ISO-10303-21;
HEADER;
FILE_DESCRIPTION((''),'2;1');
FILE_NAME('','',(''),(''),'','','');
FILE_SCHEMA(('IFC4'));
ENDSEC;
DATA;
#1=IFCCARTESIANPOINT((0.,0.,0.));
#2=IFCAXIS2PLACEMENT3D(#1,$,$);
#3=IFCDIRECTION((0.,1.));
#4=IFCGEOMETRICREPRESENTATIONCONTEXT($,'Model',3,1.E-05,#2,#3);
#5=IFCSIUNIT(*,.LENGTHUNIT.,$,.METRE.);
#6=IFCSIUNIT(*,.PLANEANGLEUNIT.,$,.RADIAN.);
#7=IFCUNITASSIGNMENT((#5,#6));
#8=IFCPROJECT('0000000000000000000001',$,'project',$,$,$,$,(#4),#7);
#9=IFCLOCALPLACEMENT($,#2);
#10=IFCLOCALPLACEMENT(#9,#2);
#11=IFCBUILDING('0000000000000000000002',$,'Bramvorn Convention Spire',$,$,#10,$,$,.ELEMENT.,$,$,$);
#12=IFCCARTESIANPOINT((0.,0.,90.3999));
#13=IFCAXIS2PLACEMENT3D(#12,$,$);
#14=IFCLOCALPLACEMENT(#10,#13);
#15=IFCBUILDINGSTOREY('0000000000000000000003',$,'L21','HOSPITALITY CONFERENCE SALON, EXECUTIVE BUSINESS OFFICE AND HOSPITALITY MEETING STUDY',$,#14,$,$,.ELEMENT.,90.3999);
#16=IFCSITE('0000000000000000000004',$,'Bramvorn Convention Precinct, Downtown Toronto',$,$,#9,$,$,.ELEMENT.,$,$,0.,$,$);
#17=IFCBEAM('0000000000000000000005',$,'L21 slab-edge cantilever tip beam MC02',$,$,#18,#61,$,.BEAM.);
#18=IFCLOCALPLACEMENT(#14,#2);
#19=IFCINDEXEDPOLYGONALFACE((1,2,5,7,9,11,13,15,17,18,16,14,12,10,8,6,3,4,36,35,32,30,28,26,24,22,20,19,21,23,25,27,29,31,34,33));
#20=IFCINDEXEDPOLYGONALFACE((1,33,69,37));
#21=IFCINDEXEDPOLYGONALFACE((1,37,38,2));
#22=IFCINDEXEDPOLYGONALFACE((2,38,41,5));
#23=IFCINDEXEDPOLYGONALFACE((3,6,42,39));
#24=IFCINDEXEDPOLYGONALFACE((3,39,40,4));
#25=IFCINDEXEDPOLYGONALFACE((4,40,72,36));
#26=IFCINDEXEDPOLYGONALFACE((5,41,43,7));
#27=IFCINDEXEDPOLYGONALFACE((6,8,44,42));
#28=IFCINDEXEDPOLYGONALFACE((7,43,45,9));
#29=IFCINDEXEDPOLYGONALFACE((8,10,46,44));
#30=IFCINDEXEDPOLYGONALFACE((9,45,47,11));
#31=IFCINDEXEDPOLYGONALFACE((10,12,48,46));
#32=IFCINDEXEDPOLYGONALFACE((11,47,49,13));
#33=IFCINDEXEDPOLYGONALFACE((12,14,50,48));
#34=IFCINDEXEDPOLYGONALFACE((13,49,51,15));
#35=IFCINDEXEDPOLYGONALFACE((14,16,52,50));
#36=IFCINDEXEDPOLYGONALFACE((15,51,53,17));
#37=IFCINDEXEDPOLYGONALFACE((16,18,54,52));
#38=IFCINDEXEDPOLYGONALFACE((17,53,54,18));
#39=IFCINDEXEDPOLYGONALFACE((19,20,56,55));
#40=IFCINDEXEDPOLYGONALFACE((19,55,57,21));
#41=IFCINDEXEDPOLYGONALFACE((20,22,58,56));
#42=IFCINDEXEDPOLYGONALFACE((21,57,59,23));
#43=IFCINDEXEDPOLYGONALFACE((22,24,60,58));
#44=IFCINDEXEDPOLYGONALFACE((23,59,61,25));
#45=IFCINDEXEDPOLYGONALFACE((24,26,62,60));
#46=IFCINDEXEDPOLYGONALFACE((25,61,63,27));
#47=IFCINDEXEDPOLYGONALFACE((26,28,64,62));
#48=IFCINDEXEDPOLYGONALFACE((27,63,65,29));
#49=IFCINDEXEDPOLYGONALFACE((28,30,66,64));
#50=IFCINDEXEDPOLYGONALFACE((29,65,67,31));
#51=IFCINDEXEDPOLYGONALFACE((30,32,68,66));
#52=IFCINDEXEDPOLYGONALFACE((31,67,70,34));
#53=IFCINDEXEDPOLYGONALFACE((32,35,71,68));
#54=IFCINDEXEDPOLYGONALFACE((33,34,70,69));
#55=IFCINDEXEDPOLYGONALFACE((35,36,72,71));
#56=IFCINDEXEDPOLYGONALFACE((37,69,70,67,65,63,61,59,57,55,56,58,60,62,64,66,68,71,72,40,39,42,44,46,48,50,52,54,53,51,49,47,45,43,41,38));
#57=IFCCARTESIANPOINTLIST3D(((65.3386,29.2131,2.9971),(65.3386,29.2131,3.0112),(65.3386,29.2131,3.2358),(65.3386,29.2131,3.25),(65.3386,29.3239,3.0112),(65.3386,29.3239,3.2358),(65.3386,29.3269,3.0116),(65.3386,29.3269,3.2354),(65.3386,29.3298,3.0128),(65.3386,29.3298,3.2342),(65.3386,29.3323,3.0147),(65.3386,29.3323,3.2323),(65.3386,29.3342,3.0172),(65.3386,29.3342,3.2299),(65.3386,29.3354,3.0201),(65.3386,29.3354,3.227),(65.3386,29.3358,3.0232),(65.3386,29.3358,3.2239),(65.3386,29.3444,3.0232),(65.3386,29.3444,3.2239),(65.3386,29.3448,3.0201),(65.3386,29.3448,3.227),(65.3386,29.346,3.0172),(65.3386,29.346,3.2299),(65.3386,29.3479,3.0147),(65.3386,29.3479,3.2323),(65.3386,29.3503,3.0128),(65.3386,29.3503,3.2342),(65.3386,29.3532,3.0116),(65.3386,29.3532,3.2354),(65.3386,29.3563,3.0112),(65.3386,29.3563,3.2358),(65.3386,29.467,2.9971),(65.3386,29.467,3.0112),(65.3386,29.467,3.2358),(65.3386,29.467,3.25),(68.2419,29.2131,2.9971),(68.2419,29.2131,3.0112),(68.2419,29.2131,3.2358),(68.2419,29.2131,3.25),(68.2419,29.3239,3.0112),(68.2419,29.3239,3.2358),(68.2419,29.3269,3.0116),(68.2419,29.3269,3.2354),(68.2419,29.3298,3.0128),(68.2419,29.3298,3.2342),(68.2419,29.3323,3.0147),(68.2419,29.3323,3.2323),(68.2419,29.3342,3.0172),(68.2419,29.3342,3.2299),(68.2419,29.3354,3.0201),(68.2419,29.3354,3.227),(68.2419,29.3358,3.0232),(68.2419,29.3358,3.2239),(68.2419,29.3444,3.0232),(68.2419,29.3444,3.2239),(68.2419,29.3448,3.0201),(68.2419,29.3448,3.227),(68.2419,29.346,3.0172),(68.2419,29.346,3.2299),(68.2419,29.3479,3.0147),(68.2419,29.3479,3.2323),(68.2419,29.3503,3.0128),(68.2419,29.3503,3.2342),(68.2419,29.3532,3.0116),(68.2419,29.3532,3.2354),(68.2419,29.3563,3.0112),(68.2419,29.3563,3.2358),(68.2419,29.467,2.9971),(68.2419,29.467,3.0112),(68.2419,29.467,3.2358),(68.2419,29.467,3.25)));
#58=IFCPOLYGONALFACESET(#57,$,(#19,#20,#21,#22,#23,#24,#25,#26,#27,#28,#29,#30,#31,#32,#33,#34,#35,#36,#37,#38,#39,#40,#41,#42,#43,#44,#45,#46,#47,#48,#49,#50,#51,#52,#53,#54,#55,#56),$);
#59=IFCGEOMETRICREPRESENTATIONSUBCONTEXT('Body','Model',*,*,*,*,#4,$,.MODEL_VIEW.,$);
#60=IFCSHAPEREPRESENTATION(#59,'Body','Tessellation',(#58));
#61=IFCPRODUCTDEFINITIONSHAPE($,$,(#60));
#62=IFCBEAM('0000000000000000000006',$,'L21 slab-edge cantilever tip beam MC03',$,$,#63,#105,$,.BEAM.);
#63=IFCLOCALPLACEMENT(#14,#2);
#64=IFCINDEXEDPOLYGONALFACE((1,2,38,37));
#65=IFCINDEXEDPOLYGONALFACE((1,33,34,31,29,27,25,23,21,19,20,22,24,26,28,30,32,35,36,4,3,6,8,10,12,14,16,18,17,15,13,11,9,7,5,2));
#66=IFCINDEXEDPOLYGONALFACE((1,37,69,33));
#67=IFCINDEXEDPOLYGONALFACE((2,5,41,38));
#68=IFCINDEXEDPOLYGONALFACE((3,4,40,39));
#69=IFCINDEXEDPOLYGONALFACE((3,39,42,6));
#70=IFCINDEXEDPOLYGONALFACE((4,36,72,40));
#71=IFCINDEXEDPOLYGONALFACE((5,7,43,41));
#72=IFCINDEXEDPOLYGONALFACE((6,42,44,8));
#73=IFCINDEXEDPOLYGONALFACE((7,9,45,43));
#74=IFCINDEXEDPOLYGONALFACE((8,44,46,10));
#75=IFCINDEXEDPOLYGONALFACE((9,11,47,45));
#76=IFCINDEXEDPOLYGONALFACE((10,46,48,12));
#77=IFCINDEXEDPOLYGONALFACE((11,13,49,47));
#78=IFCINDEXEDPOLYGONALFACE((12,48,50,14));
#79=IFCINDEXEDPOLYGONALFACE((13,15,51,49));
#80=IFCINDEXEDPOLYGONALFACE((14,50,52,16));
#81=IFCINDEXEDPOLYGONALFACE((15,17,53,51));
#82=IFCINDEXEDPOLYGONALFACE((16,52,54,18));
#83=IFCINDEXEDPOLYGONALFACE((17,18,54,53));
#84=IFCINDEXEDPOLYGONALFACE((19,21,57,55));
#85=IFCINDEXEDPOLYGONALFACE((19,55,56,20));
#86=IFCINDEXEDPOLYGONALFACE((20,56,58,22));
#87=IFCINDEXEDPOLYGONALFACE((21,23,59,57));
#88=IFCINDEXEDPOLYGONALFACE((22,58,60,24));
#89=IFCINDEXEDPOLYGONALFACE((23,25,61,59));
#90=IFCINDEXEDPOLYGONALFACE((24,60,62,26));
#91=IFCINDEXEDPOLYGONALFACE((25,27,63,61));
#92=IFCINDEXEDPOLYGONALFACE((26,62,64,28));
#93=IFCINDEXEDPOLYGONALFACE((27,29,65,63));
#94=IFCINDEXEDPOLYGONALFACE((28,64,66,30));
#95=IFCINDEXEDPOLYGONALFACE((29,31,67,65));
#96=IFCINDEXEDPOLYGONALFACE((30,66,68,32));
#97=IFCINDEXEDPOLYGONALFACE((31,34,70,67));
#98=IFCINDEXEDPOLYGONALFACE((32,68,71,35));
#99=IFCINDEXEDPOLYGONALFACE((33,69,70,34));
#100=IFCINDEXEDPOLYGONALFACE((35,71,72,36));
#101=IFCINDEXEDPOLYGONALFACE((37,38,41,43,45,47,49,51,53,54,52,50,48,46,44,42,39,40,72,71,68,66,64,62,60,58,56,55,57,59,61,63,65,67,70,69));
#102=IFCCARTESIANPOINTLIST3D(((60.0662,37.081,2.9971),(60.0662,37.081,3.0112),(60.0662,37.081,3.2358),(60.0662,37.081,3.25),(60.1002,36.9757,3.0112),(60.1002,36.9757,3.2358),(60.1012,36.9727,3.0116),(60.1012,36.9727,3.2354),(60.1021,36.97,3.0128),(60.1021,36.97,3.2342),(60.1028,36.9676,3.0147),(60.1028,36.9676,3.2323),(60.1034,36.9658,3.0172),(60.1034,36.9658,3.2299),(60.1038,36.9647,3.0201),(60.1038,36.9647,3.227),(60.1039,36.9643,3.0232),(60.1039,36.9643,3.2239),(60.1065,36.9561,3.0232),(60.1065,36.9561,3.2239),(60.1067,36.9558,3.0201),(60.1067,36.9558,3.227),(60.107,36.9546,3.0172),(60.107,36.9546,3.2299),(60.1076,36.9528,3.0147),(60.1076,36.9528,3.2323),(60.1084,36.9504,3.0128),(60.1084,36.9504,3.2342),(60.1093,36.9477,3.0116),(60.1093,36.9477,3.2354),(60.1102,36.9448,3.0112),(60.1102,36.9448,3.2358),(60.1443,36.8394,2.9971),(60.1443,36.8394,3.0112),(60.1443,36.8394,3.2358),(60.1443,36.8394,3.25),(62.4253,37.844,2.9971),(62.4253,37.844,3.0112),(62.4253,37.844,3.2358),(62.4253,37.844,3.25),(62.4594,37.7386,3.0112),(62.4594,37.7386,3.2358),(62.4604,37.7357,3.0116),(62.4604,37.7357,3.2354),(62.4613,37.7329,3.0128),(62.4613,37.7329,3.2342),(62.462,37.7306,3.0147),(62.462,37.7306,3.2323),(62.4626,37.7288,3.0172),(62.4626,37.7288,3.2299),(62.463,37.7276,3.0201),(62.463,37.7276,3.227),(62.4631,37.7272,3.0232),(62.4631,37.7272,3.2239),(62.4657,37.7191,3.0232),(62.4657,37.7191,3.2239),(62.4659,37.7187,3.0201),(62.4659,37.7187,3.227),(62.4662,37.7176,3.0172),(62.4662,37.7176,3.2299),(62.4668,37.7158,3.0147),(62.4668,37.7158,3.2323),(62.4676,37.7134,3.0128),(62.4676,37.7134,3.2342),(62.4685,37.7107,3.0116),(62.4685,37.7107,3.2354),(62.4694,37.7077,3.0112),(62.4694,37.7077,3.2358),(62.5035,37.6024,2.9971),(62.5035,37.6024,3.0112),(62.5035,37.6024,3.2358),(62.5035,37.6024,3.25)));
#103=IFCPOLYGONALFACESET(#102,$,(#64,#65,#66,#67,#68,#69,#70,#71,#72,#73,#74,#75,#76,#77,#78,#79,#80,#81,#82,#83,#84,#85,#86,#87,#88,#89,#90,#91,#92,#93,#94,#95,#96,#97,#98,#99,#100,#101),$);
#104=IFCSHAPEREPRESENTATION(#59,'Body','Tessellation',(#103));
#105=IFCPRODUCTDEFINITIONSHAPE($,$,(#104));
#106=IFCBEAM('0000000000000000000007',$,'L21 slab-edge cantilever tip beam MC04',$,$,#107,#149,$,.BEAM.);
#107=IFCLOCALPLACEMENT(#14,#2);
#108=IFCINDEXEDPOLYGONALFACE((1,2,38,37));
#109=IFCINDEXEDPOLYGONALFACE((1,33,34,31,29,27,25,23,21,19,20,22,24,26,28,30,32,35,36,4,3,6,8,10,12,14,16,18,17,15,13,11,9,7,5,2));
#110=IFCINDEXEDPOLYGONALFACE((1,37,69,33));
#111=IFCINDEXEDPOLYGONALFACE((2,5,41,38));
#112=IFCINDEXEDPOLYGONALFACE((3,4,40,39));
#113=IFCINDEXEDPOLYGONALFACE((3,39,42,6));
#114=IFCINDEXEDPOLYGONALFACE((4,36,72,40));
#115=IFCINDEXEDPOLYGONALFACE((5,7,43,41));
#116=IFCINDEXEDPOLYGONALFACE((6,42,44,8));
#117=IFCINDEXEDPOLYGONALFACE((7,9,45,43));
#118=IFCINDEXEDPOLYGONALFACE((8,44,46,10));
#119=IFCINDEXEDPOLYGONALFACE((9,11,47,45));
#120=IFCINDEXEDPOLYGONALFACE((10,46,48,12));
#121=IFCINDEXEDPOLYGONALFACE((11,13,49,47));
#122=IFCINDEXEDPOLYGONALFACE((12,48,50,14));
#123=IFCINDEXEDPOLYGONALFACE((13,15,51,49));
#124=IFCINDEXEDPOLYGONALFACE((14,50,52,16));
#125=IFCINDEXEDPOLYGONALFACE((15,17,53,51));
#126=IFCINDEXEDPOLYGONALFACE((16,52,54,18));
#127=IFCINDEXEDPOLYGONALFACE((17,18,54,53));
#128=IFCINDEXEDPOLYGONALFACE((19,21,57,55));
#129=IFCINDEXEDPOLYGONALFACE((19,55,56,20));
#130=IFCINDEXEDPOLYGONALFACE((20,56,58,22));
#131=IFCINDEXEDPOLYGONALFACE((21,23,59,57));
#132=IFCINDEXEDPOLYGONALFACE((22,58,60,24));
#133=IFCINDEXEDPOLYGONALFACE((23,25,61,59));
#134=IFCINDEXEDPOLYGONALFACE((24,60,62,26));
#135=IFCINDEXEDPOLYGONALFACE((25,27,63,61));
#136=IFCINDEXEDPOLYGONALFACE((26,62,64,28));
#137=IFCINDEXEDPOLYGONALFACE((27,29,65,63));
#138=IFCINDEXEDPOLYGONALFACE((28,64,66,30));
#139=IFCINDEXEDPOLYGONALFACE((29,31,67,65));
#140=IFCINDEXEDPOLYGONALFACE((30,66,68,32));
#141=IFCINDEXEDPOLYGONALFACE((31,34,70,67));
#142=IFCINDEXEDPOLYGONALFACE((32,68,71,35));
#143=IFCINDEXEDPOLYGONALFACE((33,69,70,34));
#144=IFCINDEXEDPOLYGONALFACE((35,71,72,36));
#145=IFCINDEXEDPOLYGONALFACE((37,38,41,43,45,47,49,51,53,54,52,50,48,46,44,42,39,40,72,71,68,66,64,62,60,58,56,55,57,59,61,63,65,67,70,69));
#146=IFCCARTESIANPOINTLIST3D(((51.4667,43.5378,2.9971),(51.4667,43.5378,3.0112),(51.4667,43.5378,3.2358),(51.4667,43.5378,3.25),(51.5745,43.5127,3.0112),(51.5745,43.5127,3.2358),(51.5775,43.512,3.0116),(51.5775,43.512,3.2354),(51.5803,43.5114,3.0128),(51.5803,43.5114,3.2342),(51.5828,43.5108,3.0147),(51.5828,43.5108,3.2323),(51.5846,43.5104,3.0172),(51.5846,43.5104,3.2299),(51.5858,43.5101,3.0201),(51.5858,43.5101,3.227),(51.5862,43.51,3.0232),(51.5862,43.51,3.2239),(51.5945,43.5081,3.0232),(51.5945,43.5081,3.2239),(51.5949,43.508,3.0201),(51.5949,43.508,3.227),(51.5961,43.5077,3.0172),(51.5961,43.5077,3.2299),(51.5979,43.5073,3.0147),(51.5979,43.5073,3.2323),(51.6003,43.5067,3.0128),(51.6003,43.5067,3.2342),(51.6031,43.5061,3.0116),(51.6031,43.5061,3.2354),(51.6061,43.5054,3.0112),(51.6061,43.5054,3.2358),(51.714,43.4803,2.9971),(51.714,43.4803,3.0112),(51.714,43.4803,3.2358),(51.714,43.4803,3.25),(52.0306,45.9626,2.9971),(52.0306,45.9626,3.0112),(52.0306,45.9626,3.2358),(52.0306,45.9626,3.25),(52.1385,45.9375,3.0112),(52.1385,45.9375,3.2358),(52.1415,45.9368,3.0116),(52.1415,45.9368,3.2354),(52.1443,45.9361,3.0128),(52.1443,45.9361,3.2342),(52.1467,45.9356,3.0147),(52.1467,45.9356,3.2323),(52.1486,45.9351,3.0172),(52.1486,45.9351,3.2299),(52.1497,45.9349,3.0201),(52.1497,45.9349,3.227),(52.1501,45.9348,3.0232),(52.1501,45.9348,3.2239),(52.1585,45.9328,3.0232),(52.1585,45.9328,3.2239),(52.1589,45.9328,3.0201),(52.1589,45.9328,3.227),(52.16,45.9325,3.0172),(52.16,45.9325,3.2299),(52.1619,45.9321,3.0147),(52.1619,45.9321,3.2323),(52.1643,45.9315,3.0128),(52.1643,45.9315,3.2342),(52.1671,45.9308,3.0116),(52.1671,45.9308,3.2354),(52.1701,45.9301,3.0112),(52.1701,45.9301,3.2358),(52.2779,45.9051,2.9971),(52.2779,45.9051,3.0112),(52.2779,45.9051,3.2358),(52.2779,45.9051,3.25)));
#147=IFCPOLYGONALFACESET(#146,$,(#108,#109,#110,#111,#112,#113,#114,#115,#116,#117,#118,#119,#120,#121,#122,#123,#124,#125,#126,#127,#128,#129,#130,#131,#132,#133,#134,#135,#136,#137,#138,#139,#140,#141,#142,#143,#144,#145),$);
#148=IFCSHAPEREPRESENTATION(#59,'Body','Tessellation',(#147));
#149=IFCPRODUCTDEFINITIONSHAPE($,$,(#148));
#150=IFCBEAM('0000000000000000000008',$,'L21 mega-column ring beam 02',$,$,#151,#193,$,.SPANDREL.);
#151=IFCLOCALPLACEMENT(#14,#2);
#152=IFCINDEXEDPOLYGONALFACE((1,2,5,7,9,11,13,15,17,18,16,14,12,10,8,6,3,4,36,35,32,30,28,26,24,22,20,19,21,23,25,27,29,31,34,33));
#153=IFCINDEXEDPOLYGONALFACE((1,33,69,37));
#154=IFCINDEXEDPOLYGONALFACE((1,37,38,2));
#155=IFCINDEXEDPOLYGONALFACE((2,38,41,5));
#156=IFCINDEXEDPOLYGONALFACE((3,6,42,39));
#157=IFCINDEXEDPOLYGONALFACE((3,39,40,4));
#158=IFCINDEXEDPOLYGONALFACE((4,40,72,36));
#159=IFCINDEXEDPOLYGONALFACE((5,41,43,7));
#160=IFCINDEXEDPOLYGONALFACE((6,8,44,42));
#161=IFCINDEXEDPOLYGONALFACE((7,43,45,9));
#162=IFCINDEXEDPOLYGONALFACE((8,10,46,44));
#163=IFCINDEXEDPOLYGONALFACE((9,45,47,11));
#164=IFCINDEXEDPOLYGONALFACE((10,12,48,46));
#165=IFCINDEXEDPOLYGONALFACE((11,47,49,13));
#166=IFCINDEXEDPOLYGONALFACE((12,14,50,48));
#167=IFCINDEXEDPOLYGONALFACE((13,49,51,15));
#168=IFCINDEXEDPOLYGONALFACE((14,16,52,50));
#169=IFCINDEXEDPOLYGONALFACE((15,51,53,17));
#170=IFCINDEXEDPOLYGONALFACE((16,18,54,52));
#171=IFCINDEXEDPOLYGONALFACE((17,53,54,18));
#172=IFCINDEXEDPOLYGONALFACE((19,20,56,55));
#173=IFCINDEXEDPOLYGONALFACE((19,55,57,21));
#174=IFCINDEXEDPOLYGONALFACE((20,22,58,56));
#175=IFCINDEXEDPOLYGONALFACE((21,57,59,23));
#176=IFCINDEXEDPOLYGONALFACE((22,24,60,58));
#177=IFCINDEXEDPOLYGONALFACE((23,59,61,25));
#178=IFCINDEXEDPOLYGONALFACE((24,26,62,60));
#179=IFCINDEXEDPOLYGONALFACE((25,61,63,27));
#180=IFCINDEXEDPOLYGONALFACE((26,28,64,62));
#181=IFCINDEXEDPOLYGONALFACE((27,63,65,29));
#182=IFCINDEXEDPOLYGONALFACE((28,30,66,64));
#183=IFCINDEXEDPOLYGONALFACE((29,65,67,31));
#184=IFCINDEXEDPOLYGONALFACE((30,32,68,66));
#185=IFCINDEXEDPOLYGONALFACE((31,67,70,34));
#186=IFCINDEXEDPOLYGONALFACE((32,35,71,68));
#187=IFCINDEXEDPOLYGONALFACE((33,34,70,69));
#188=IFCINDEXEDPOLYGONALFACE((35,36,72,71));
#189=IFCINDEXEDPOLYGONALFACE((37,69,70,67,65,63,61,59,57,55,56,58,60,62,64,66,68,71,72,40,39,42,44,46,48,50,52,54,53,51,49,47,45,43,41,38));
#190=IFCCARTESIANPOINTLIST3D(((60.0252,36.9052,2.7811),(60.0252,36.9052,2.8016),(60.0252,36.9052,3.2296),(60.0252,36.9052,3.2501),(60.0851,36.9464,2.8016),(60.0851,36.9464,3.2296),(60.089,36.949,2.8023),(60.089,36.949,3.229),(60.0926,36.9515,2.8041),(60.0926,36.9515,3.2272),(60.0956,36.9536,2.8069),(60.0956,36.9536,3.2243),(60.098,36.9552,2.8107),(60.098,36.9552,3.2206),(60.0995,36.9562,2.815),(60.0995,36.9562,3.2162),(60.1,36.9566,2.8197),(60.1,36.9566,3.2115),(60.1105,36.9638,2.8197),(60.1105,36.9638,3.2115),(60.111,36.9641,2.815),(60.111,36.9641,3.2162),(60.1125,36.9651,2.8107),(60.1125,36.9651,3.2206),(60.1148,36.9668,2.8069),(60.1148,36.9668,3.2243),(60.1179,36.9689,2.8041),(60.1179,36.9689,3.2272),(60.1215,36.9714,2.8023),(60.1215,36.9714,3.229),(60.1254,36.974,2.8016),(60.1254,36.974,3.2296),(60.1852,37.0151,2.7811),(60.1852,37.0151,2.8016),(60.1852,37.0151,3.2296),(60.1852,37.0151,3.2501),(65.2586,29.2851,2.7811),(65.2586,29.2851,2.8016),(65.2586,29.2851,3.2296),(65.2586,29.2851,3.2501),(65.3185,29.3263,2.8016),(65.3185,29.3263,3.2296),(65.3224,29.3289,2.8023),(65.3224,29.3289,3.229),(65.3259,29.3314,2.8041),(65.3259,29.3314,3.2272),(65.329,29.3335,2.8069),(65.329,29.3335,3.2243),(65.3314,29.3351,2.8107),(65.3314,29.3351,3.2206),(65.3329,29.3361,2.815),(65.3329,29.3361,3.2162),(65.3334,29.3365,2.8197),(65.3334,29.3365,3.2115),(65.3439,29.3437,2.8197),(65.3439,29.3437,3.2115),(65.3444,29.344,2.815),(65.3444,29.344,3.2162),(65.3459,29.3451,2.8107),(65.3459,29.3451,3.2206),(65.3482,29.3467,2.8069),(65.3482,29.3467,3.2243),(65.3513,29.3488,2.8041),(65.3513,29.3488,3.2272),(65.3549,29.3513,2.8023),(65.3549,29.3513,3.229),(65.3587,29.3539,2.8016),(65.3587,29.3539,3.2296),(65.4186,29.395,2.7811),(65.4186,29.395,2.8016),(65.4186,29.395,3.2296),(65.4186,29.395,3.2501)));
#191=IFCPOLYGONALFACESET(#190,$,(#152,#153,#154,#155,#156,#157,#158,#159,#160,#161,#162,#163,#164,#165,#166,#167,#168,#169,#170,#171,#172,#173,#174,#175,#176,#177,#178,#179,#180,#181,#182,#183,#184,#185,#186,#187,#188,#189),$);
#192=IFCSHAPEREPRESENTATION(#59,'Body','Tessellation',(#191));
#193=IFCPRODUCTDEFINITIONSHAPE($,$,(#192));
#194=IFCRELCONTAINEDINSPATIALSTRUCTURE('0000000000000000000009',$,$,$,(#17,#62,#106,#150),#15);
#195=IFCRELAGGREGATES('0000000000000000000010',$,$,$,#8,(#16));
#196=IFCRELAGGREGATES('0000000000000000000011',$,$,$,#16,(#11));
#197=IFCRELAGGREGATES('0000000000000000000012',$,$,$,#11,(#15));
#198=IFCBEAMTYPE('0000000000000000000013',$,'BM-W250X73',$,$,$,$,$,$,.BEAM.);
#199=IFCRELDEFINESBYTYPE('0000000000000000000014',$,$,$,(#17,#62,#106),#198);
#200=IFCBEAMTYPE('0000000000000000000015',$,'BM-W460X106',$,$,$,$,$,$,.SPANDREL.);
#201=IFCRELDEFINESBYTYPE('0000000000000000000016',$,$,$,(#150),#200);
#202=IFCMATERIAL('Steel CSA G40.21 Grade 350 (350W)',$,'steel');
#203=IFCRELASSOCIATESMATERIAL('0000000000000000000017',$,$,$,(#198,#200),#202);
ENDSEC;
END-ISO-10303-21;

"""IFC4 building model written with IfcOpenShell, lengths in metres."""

from ifc_helpers import new_model, si_unit, direction, frame, origin, origin_2d, place, context, subcontext, project, spatial, i_section, extrude, material, material_profile, profile_set, type_object, element, save


model = new_model("IFC4")

# Units and contexts
model_context = context("Model", 3, precision=1e-05, world=origin(), true_north=direction((0.0, 1.0)))
body_context = subcontext(model_context, "Body", "Model", "MODEL_VIEW")
ifc_project = project(units=[si_unit("LENGTHUNIT", "METRE"), si_unit("PLANEANGLEUNIT", "RADIAN")], contexts=[model_context])

# Site, building, storey
site_placement = place(None, origin())
site = spatial("IfcSite", under=ifc_project, at=site_placement, Name="Bramvorn Convention Precinct, Downtown Toronto", CompositionType="ELEMENT", RefElevation=0.0)
building_placement = place(site_placement, origin())
building = spatial("IfcBuilding", under=site, at=building_placement, Name="Bramvorn Convention Spire", CompositionType="ELEMENT")
storey_placement = place(building_placement, frame((0.0, 0.0, 90.3999)))
storey = spatial("IfcBuildingStorey", under=building, at=storey_placement, Name="L21", Description="HOSPITALITY CONFERENCE SALON, EXECUTIVE BUSINESS OFFICE AND HOSPITALITY MEETING STUDY", CompositionType="ELEMENT", Elevation=90.3999)

# Shared definitions
ifc_material_1 = material(Name="Steel CSA G40.21 Grade 350 (350W)", Category="steel")

# Beams
ifc_material_profile_1 = material_profile(ifc_material_1, i_section(OverallWidth=0.2539, OverallDepth=0.2529, WebThickness=0.0085, FlangeThickness=0.0142, FilletRadius=0.012, at=origin_2d()))
ifc_profile_set_1 = profile_set([ifc_material_profile_1], Name="Steel CSA G40.21 Grade 350 (350W) - W250X73")
beam_type_1 = type_object("IfcBeamType", Name="BM-W250X73", PredefinedType="BEAM", material=ifc_profile_set_1)
beam_1_placement = place(storey_placement, frame((65.3386, 29.3401, 3.1235), z_axis=(1.0, 0.0, 0.0), x_axis=(0.0, 1.0, 0.0)))
element("IfcBeam", 1, at=beam_1_placement, inside=storey, type_object=beam_type_1, Name="L21 slab-edge cantilever tip beam MC02", PredefinedType="BEAM", context=body_context, shape_type="SweptSolid", body=[
    extrude(i_section(OverallWidth=0.2539, OverallDepth=0.2529, WebThickness=0.0085, FlangeThickness=0.0142, FilletRadius=0.012, at=origin_2d()), origin(), (0.0, 0.0, 1.0), 2.9033),
])
beam_2_placement = place(storey_placement, frame((60.1052, 36.9602, 3.1235), z_axis=(0.951481, 0.307708, 0.0), x_axis=(-0.307708, 0.951481, 0.0)))
element("IfcBeam", 2, at=beam_2_placement, inside=storey, type_object=beam_type_1, Name="L21 slab-edge cantilever tip beam MC03", PredefinedType="BEAM", context=body_context, shape_type="SweptSolid", body=[
    extrude(i_section(OverallWidth=0.2539, OverallDepth=0.2529, WebThickness=0.0085, FlangeThickness=0.0142, FilletRadius=0.012, at=origin_2d()), origin(), (0.0, 0.0, 1.0), 2.4795),
])
beam_3_placement = place(storey_placement, frame((51.5903, 43.509, 3.1235), z_axis=(0.226535, 0.974003, 0.0), x_axis=(-0.974003, 0.226535, 0.0)))
element("IfcBeam", 3, at=beam_3_placement, inside=storey, type_object=beam_type_1, Name="L21 slab-edge cantilever tip beam MC04", PredefinedType="BEAM", context=body_context, shape_type="SweptSolid", body=[
    extrude(i_section(OverallWidth=0.2539, OverallDepth=0.2529, WebThickness=0.0085, FlangeThickness=0.0142, FilletRadius=0.012, at=origin_2d()), origin(), (0.0, 0.0, 1.0), 2.4895),
])
ifc_material_profile_2 = material_profile(ifc_material_1, i_section(OverallWidth=0.1941, OverallDepth=0.469, WebThickness=0.0127, FlangeThickness=0.0205, FilletRadius=0.0181, at=origin_2d()))
ifc_profile_set_2 = profile_set([ifc_material_profile_2], Name="Steel CSA G40.21 Grade 350 (350W) - W460X106")
beam_type_2 = type_object("IfcBeamType", Name="BM-W460X106", PredefinedType="SPANDREL", material=ifc_profile_set_2)
beam_4_placement = place(storey_placement, frame((65.3386, 29.3401, 3.0156), z_axis=(-0.56613, 0.824316, 0.0), x_axis=(-0.824316, -0.56613, 0.0)))
element("IfcBeam", 4, at=beam_4_placement, inside=storey, type_object=beam_type_2, Name="L21 mega-column ring beam 02", PredefinedType="SPANDREL", context=body_context, shape_type="SweptSolid", body=[
    extrude(i_section(OverallWidth=0.1941, OverallDepth=0.469, WebThickness=0.0127, FlangeThickness=0.0205, FilletRadius=0.0181, at=origin_2d()), origin(), (0.0, 0.0, 1.0), 9.2441),
])

save(model, "model.ifc")
